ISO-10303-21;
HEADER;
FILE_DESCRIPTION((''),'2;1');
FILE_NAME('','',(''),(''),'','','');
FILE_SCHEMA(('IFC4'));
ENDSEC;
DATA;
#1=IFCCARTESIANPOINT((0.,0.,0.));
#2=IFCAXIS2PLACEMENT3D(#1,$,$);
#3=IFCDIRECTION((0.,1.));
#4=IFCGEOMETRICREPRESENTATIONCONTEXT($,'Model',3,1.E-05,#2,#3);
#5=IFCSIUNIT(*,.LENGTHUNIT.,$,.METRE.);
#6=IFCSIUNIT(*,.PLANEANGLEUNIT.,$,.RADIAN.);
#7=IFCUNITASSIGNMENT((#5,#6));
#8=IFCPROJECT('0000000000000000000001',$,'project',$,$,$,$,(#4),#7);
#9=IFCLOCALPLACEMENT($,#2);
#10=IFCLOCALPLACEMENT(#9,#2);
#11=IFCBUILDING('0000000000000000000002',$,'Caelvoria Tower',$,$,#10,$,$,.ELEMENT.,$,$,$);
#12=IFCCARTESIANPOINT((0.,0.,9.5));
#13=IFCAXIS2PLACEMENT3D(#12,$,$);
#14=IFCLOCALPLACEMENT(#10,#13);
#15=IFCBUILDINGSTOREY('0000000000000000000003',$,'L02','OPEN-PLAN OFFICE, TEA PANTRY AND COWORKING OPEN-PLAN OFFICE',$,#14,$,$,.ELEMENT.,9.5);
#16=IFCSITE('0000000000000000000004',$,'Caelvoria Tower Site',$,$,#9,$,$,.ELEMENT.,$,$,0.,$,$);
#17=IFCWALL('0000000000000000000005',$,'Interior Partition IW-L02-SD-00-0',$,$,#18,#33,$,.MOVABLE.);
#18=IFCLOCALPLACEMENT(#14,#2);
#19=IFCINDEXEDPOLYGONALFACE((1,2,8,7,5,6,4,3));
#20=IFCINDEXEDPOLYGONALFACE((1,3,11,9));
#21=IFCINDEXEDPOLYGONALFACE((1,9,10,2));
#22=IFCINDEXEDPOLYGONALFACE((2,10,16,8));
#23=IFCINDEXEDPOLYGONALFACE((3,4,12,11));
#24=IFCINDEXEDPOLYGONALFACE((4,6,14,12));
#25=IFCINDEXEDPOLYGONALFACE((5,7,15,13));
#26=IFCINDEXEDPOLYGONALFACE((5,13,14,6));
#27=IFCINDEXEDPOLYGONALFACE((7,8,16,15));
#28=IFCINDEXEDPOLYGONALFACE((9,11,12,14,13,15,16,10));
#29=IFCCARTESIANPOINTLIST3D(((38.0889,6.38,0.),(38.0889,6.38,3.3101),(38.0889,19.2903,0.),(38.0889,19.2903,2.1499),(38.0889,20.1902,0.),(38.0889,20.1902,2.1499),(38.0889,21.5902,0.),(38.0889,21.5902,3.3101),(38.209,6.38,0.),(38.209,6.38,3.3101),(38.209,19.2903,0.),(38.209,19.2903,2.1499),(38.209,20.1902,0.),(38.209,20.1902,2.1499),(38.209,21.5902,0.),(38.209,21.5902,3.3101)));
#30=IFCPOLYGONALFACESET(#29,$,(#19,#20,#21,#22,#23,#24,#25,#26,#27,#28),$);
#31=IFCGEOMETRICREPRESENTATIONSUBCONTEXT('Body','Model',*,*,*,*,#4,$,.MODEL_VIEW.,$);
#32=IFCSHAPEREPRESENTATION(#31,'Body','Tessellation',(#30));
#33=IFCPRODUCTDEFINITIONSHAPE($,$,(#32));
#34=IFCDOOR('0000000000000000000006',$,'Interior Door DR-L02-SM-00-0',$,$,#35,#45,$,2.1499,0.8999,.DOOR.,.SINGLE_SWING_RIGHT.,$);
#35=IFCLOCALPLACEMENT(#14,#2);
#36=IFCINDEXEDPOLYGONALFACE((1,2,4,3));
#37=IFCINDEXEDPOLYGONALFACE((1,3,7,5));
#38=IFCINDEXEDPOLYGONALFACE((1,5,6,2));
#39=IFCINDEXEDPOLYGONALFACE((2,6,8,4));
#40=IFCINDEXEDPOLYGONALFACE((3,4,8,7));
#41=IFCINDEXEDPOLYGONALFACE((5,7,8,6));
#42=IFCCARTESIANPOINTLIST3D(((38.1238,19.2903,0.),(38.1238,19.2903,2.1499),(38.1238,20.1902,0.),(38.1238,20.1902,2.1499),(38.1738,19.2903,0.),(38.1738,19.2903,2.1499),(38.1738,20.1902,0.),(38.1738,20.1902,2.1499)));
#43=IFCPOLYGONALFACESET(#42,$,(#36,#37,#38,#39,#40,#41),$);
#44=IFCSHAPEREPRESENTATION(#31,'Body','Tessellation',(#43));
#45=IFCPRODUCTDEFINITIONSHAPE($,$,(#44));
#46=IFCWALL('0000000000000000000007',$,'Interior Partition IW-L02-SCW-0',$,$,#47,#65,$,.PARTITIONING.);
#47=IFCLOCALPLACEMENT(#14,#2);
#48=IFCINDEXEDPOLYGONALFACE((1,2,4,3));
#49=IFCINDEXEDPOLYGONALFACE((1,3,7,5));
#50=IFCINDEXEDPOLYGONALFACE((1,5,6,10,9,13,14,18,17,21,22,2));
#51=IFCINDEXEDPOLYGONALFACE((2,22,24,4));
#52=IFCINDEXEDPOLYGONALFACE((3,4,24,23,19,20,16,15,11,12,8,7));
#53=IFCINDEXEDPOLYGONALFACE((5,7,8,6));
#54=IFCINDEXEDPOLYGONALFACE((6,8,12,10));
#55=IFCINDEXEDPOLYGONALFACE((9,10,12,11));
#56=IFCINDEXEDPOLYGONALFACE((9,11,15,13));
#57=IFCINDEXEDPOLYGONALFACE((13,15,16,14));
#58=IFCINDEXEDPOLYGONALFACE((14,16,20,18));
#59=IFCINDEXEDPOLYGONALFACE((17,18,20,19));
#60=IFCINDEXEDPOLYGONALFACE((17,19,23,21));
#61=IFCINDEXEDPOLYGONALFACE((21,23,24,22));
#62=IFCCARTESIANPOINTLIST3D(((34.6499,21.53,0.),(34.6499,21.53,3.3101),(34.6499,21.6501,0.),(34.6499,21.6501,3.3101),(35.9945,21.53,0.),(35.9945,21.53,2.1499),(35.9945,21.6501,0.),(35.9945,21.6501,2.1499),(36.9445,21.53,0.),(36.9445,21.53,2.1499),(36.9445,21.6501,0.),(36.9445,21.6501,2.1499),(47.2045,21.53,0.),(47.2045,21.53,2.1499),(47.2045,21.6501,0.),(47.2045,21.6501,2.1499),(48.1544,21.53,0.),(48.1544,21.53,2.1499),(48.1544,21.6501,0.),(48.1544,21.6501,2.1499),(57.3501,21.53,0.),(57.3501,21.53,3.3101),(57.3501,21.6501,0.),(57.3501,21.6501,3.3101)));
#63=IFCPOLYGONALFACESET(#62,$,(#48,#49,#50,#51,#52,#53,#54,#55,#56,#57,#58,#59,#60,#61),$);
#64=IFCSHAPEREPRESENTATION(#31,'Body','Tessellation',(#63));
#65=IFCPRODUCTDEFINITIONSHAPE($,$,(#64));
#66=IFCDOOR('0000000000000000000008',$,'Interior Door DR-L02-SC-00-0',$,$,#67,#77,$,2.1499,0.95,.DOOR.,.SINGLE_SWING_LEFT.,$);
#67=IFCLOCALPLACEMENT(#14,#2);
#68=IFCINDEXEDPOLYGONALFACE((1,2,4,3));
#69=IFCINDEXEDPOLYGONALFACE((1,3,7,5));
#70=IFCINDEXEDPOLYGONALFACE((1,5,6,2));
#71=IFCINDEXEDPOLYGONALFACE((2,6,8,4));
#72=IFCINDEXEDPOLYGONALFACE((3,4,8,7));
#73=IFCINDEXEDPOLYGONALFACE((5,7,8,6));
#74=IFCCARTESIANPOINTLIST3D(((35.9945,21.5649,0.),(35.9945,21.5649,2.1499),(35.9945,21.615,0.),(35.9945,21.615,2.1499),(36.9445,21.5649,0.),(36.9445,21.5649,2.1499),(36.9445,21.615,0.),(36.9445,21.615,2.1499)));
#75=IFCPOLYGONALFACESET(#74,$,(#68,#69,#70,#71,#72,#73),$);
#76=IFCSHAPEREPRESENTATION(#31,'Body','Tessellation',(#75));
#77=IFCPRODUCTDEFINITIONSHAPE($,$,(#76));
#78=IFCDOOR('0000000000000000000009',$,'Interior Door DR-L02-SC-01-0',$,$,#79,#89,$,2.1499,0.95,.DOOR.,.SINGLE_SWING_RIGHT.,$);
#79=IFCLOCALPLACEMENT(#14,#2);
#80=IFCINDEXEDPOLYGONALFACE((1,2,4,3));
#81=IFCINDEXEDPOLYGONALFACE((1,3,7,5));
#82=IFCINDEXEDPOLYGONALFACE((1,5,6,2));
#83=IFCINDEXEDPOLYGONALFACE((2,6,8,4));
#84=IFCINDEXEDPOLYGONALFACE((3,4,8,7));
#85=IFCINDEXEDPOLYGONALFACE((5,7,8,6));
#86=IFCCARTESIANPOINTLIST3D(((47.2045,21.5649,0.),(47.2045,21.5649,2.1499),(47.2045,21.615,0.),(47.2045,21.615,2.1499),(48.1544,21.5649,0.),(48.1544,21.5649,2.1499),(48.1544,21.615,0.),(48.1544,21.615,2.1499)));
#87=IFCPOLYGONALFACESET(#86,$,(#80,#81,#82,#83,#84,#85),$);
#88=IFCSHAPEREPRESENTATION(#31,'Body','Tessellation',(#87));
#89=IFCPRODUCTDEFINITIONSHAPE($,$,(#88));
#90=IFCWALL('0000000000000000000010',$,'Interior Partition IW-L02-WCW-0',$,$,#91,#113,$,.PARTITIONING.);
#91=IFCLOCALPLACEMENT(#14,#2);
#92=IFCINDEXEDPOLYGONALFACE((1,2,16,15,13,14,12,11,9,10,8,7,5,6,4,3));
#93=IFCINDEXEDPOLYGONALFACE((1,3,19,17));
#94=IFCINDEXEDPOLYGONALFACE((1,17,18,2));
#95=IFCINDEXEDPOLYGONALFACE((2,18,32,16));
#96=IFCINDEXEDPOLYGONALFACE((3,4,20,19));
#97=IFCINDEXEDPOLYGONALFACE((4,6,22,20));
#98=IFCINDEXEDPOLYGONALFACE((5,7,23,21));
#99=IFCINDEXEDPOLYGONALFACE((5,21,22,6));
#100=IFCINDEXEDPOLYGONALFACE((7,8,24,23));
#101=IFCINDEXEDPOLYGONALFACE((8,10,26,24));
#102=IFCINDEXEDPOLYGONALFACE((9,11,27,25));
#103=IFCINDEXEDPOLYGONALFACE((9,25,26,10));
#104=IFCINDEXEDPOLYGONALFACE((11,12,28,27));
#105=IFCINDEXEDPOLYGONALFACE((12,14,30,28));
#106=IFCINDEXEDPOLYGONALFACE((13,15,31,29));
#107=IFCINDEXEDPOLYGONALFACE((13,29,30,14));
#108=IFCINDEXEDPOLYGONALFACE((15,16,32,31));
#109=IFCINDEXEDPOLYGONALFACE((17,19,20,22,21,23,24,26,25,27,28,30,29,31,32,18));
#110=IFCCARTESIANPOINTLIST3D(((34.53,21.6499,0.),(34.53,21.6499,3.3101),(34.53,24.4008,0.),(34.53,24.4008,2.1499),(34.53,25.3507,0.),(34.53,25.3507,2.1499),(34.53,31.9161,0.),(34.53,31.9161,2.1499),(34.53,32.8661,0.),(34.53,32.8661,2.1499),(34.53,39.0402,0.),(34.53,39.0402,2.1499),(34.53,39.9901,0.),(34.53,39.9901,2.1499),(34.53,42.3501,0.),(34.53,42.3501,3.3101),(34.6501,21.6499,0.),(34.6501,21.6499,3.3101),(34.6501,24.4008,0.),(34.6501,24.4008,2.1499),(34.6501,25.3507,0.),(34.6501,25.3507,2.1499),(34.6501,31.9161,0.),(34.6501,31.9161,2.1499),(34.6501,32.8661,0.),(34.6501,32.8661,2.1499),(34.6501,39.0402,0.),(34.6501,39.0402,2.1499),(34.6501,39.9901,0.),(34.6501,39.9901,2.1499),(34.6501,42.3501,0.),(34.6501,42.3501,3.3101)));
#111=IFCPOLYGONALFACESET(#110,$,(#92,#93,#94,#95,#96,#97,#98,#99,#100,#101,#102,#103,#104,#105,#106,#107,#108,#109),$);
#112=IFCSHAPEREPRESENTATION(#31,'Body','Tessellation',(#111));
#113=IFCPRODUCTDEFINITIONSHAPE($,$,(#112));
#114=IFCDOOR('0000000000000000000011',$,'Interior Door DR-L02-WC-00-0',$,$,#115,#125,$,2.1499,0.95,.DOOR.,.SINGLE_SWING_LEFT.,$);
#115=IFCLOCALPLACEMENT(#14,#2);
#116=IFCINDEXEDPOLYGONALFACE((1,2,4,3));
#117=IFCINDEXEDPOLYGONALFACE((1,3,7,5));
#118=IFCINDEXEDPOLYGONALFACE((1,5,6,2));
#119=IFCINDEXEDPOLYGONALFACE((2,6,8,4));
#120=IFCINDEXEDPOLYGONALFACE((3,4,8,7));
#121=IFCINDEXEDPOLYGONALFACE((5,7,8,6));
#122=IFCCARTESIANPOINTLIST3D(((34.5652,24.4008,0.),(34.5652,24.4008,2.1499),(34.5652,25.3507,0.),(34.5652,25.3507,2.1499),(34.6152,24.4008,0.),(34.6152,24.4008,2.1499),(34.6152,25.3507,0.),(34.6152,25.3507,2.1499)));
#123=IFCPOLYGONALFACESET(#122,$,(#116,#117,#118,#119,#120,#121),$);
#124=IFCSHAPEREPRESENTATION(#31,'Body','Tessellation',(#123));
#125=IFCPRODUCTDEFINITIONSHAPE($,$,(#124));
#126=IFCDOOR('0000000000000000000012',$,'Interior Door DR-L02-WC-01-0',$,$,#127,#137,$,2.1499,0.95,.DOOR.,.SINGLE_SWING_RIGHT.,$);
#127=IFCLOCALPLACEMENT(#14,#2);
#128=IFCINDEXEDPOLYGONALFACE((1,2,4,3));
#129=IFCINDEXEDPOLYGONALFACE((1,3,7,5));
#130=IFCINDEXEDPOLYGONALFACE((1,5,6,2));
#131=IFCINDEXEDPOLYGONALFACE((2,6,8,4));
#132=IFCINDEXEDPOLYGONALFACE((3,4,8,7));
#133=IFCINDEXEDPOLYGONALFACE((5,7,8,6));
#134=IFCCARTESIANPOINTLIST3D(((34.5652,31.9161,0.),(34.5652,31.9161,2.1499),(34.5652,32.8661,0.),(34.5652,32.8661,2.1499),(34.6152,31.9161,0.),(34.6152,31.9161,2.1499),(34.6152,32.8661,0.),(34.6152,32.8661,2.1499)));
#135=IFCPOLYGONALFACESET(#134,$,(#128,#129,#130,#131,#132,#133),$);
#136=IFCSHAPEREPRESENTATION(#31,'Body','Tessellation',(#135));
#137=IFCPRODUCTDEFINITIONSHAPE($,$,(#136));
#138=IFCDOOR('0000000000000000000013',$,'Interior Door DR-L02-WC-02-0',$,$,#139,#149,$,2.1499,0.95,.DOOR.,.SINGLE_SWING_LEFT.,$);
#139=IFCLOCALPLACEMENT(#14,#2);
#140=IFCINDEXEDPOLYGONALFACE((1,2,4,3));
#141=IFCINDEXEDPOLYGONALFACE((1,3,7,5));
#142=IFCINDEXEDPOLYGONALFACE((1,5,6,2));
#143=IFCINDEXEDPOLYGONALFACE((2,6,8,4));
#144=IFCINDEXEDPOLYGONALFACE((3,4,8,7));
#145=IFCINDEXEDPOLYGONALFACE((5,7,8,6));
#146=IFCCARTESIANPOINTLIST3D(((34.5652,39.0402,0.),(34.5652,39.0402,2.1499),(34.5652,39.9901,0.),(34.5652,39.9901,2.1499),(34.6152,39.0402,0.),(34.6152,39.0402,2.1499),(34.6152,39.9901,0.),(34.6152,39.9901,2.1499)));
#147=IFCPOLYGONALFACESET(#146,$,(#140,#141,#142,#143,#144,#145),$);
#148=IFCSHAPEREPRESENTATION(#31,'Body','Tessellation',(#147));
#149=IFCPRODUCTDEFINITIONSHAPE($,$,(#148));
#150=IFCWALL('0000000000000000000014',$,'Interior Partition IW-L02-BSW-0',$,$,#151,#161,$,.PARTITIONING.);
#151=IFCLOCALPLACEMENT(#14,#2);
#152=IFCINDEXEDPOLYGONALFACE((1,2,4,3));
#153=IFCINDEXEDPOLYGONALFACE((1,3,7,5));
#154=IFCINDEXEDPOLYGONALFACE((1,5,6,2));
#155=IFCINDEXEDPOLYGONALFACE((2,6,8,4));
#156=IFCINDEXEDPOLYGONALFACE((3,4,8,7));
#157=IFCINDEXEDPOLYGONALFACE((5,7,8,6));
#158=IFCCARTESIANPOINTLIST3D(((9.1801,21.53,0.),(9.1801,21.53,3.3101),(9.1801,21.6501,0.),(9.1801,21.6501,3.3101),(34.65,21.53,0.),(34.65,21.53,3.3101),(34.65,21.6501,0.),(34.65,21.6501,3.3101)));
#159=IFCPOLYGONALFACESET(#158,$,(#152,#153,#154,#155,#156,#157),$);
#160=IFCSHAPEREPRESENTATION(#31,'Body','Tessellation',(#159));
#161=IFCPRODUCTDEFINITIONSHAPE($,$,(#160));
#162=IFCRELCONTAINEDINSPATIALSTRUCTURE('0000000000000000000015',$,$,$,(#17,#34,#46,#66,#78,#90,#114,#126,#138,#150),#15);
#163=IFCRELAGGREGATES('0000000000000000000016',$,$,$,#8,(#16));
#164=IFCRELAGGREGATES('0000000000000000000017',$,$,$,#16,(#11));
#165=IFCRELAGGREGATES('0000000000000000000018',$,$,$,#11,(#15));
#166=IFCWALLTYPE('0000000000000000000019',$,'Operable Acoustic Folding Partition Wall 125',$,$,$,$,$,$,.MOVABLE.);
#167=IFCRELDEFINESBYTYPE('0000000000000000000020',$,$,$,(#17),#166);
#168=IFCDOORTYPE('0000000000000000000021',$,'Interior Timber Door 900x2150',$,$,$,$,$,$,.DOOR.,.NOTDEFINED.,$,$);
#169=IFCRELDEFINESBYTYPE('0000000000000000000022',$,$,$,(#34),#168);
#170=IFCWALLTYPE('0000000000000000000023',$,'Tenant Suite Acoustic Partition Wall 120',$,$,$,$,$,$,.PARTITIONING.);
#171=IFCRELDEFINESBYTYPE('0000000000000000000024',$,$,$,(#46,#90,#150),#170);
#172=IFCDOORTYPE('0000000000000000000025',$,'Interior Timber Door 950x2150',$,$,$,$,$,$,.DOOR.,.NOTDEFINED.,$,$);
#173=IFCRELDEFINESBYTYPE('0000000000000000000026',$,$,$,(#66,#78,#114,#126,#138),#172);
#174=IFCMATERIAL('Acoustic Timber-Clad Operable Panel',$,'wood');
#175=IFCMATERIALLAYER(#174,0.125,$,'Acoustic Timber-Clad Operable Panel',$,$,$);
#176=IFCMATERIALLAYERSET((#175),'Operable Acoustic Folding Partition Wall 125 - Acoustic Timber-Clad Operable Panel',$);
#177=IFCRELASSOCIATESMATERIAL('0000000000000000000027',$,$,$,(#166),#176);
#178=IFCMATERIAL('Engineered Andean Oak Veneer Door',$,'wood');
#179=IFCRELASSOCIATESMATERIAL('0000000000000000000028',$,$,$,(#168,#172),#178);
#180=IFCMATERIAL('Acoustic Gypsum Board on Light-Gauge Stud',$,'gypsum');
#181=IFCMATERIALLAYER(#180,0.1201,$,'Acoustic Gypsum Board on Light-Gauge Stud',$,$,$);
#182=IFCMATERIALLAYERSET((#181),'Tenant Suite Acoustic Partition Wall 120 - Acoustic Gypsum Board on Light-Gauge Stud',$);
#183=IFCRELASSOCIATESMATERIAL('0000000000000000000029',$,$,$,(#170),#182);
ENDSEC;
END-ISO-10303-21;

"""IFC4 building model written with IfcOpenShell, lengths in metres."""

from ifc_helpers import new_model, si_unit, direction, frame, frame_2d, origin, place, context, subcontext, project, spatial, rectangle, extrude, material, layer, layer_set, type_object, element, fill, save


model = new_model("IFC4")

# Units and contexts
model_context = context("Model", 3, precision=1e-05, world=origin(), true_north=direction((0.0, 1.0)))
body_context = subcontext(model_context, "Body", "Model", "MODEL_VIEW")
ifc_project = project(units=[si_unit("LENGTHUNIT", "METRE"), si_unit("PLANEANGLEUNIT", "RADIAN")], contexts=[model_context])

# Site, building, storey
site_placement = place(None, origin())
site = spatial("IfcSite", under=ifc_project, at=site_placement, Name="Caelvoria Tower Site", CompositionType="ELEMENT", RefElevation=0.0)
building_placement = place(site_placement, origin())
building = spatial("IfcBuilding", under=site, at=building_placement, Name="Caelvoria Tower", CompositionType="ELEMENT")
storey_placement = place(building_placement, frame((0.0, 0.0, 9.5)))
storey = spatial("IfcBuildingStorey", under=building, at=storey_placement, Name="L02", Description="OPEN-PLAN OFFICE, TEA PANTRY AND COWORKING OPEN-PLAN OFFICE", CompositionType="ELEMENT", Elevation=9.5)

# Wall, opening, door
ifc_material_1 = material(Name="Acoustic Timber-Clad Operable Panel", Category="wood")
ifc_layer_1 = layer(ifc_material_1, 0.125, Name="Acoustic Timber-Clad Operable Panel")
ifc_layer_set_1 = layer_set([ifc_layer_1], Name="Operable Acoustic Folding Partition Wall 125 - Acoustic Timber-Clad Operable Panel")
wall_type_1 = type_object("IfcWallType", Name="Operable Acoustic Folding Partition Wall 125", PredefinedType="MOVABLE", material=ifc_layer_set_1)
wall_1_placement = place(storey_placement, frame((38.1489, 21.5901, 0.0), z_axis=(0.0, 0.0, 1.0), x_axis=(0.0, -1.0, 0.0)))
wall_1 = element("IfcWall", 1, at=wall_1_placement, inside=storey, type_object=wall_type_1, Name="Interior Partition IW-L02-SD-00-0", PredefinedType="MOVABLE", context=body_context, shape_type="SweptSolid", body=[
    extrude(rectangle(XDim=15.2102, YDim=0.1201, at=frame_2d((7.605, 0.0))), origin(), (0.0, 0.0, 1.0), 3.3101),
])
opening_1_placement = place(wall_1_placement, frame((1.3999, 0.0, 0.0)))
opening_1 = element("IfcOpeningElement", 2, at=opening_1_placement, cuts=wall_1, PredefinedType="OPENING", context=body_context, shape_type="SweptSolid", body=[
    extrude(rectangle(XDim=0.8999, YDim=2.1499, at=frame_2d((0.45, 1.075))), frame((0.0, 0.0701, 0.0), z_axis=(0.0, -1.0, 0.0), x_axis=(1.0, 0.0, 0.0)), (0.0, 0.0, 1.0), 0.1401),
])
ifc_material_2 = material(Name="Engineered Andean Oak Veneer Door", Category="wood")
door_type_1 = type_object("IfcDoorType", Name="Interior Timber Door 900x2150", OperationType="NOTDEFINED", PredefinedType="DOOR", material=ifc_material_2)
door_1_placement = place(opening_1_placement, origin())
door_1 = element("IfcDoor", 3, at=door_1_placement, inside=storey, type_object=door_type_1, Name="Interior Door DR-L02-SM-00-0", OperationType="SINGLE_SWING_RIGHT", OverallHeight=2.1499, OverallWidth=0.8999, PredefinedType="DOOR", context=body_context, shape_type="SweptSolid", body=[
    extrude(rectangle(XDim=0.8999, YDim=2.1499, at=frame_2d((0.45, 1.075))), frame((0.0, 0.0249, 0.0), z_axis=(0.0, -1.0, 0.0), x_axis=(1.0, 0.0, 0.0)), (0.0, 0.0, 1.0), 0.05),
])
fill(opening_1, door_1)

# Walls, openings, doors
ifc_material_3 = material(Name="Acoustic Gypsum Board on Light-Gauge Stud", Category="gypsum")
ifc_layer_2 = layer(ifc_material_3, 0.1201, Name="Acoustic Gypsum Board on Light-Gauge Stud")
ifc_layer_set_2 = layer_set([ifc_layer_2], Name="Tenant Suite Acoustic Partition Wall 120 - Acoustic Gypsum Board on Light-Gauge Stud")
wall_type_2 = type_object("IfcWallType", Name="Tenant Suite Acoustic Partition Wall 120", PredefinedType="PARTITIONING", material=ifc_layer_set_2)
wall_2_placement = place(storey_placement, frame((34.6499, 21.5901, 0.0), z_axis=(0.0, 0.0, 1.0), x_axis=(1.0, 0.0, 0.0)))
wall_2 = element("IfcWall", 4, at=wall_2_placement, inside=storey, type_object=wall_type_2, Name="Interior Partition IW-L02-SCW-0", PredefinedType="PARTITIONING", context=body_context, shape_type="SweptSolid", body=[
    extrude(rectangle(XDim=22.7002, YDim=0.1201, at=frame_2d((11.3501, 0.0))), origin(), (0.0, 0.0, 1.0), 3.3101),
])
opening_2_placement = place(wall_2_placement, frame((1.3445, 0.0, 0.0)))
opening_2 = element("IfcOpeningElement", 5, at=opening_2_placement, cuts=wall_2, PredefinedType="OPENING", context=body_context, shape_type="SweptSolid", body=[
    extrude(rectangle(XDim=0.95, YDim=2.1499, at=frame_2d((0.4751, 1.075))), frame((0.0, 0.0701, 0.0), z_axis=(0.0, -1.0, 0.0), x_axis=(1.0, 0.0, 0.0)), (0.0, 0.0, 1.0), 0.1401),
])
opening_3_placement = place(wall_2_placement, frame((12.5544, 0.0, 0.0)))
opening_3 = element("IfcOpeningElement", 6, at=opening_3_placement, cuts=wall_2, PredefinedType="OPENING", context=body_context, shape_type="SweptSolid", body=[
    extrude(rectangle(XDim=0.95, YDim=2.1499, at=frame_2d((0.4751, 1.075))), frame((0.0, 0.0701, 0.0), z_axis=(0.0, -1.0, 0.0), x_axis=(1.0, 0.0, 0.0)), (0.0, 0.0, 1.0), 0.1401),
])
door_type_2 = type_object("IfcDoorType", Name="Interior Timber Door 950x2150", OperationType="NOTDEFINED", PredefinedType="DOOR", material=ifc_material_2)
door_2_placement = place(opening_2_placement, origin())
door_2 = element("IfcDoor", 7, at=door_2_placement, inside=storey, type_object=door_type_2, Name="Interior Door DR-L02-SC-00-0", OperationType="SINGLE_SWING_LEFT", OverallHeight=2.1499, OverallWidth=0.95, PredefinedType="DOOR", context=body_context, shape_type="SweptSolid", body=[
    extrude(rectangle(XDim=0.95, YDim=2.1499, at=frame_2d((0.4751, 1.075))), frame((0.0, 0.0249, 0.0), z_axis=(0.0, -1.0, 0.0), x_axis=(1.0, 0.0, 0.0)), (0.0, 0.0, 1.0), 0.05),
])
fill(opening_2, door_2)
door_3_placement = place(opening_3_placement, origin())
door_3 = element("IfcDoor", 8, at=door_3_placement, inside=storey, type_object=door_type_2, Name="Interior Door DR-L02-SC-01-0", OperationType="SINGLE_SWING_RIGHT", OverallHeight=2.1499, OverallWidth=0.95, PredefinedType="DOOR", context=body_context, shape_type="SweptSolid", body=[
    extrude(rectangle(XDim=0.95, YDim=2.1499, at=frame_2d((0.4751, 1.075))), frame((0.0, 0.0249, 0.0), z_axis=(0.0, -1.0, 0.0), x_axis=(1.0, 0.0, 0.0)), (0.0, 0.0, 1.0), 0.05),
])
fill(opening_3, door_3)
wall_3_placement = place(storey_placement, frame((34.5901, 21.6499, 0.0), z_axis=(0.0, 0.0, 1.0), x_axis=(0.0, 1.0, 0.0)))
wall_3 = element("IfcWall", 9, at=wall_3_placement, inside=storey, type_object=wall_type_2, Name="Interior Partition IW-L02-WCW-0", PredefinedType="PARTITIONING", context=body_context, shape_type="SweptSolid", body=[
    extrude(rectangle(XDim=20.7002, YDim=0.1201, at=frame_2d((10.3501, 0.0))), origin(), (0.0, 0.0, 1.0), 3.3101),
])
opening_4_placement = place(wall_3_placement, frame((2.7507, 0.0, 0.0)))
opening_4 = element("IfcOpeningElement", 10, at=opening_4_placement, cuts=wall_3, PredefinedType="OPENING", context=body_context, shape_type="SweptSolid", body=[
    extrude(rectangle(XDim=0.95, YDim=2.1499, at=frame_2d((0.4751, 1.075))), frame((0.0, 0.0701, 0.0), z_axis=(0.0, -1.0, 0.0), x_axis=(1.0, 0.0, 0.0)), (0.0, 0.0, 1.0), 0.1401),
])
opening_5_placement = place(wall_3_placement, frame((10.2661, 0.0, 0.0)))
opening_5 = element("IfcOpeningElement", 11, at=opening_5_placement, cuts=wall_3, PredefinedType="OPENING", context=body_context, shape_type="SweptSolid", body=[
    extrude(rectangle(XDim=0.95, YDim=2.1499, at=frame_2d((0.4751, 1.075))), frame((0.0, 0.0701, 0.0), z_axis=(0.0, -1.0, 0.0), x_axis=(1.0, 0.0, 0.0)), (0.0, 0.0, 1.0), 0.1401),
])
opening_6_placement = place(wall_3_placement, frame((17.3901, 0.0, 0.0)))
opening_6 = element("IfcOpeningElement", 12, at=opening_6_placement, cuts=wall_3, PredefinedType="OPENING", context=body_context, shape_type="SweptSolid", body=[
    extrude(rectangle(XDim=0.95, YDim=2.1499, at=frame_2d((0.4751, 1.075))), frame((0.0, 0.0701, 0.0), z_axis=(0.0, -1.0, 0.0), x_axis=(1.0, 0.0, 0.0)), (0.0, 0.0, 1.0), 0.1401),
])
door_4_placement = place(opening_4_placement, origin())
door_4 = element("IfcDoor", 13, at=door_4_placement, inside=storey, type_object=door_type_2, Name="Interior Door DR-L02-WC-00-0", OperationType="SINGLE_SWING_LEFT", OverallHeight=2.1499, OverallWidth=0.95, PredefinedType="DOOR", context=body_context, shape_type="SweptSolid", body=[
    extrude(rectangle(XDim=0.95, YDim=2.1499, at=frame_2d((0.4751, 1.075))), frame((0.0, 0.0249, 0.0), z_axis=(0.0, -1.0, 0.0), x_axis=(1.0, 0.0, 0.0)), (0.0, 0.0, 1.0), 0.05),
])
fill(opening_4, door_4)
door_5_placement = place(opening_5_placement, origin())
door_5 = element("IfcDoor", 14, at=door_5_placement, inside=storey, type_object=door_type_2, Name="Interior Door DR-L02-WC-01-0", OperationType="SINGLE_SWING_RIGHT", OverallHeight=2.1499, OverallWidth=0.95, PredefinedType="DOOR", context=body_context, shape_type="SweptSolid", body=[
    extrude(rectangle(XDim=0.95, YDim=2.1499, at=frame_2d((0.4751, 1.075))), frame((0.0, 0.0249, 0.0), z_axis=(0.0, -1.0, 0.0), x_axis=(1.0, 0.0, 0.0)), (0.0, 0.0, 1.0), 0.05),
])
fill(opening_5, door_5)
door_6_placement = place(opening_6_placement, origin())
door_6 = element("IfcDoor", 15, at=door_6_placement, inside=storey, type_object=door_type_2, Name="Interior Door DR-L02-WC-02-0", OperationType="SINGLE_SWING_LEFT", OverallHeight=2.1499, OverallWidth=0.95, PredefinedType="DOOR", context=body_context, shape_type="SweptSolid", body=[
    extrude(rectangle(XDim=0.95, YDim=2.1499, at=frame_2d((0.4751, 1.075))), frame((0.0, 0.0249, 0.0), z_axis=(0.0, -1.0, 0.0), x_axis=(1.0, 0.0, 0.0)), (0.0, 0.0, 1.0), 0.05),
])
fill(opening_6, door_6)

# Wall
wall_4_placement = place(storey_placement, frame((34.6499, 21.5901, 0.0), z_axis=(0.0, 0.0, 1.0), x_axis=(-1.0, 0.0, 0.0)))
element("IfcWall", 16, at=wall_4_placement, inside=storey, type_object=wall_type_2, Name="Interior Partition IW-L02-BSW-0", PredefinedType="PARTITIONING", context=body_context, shape_type="SweptSolid", body=[
    extrude(rectangle(XDim=25.47, YDim=0.1201, at=frame_2d((12.7349, 0.0))), origin(), (0.0, 0.0, 1.0), 3.3101),
])

save(model, "model.ifc")
